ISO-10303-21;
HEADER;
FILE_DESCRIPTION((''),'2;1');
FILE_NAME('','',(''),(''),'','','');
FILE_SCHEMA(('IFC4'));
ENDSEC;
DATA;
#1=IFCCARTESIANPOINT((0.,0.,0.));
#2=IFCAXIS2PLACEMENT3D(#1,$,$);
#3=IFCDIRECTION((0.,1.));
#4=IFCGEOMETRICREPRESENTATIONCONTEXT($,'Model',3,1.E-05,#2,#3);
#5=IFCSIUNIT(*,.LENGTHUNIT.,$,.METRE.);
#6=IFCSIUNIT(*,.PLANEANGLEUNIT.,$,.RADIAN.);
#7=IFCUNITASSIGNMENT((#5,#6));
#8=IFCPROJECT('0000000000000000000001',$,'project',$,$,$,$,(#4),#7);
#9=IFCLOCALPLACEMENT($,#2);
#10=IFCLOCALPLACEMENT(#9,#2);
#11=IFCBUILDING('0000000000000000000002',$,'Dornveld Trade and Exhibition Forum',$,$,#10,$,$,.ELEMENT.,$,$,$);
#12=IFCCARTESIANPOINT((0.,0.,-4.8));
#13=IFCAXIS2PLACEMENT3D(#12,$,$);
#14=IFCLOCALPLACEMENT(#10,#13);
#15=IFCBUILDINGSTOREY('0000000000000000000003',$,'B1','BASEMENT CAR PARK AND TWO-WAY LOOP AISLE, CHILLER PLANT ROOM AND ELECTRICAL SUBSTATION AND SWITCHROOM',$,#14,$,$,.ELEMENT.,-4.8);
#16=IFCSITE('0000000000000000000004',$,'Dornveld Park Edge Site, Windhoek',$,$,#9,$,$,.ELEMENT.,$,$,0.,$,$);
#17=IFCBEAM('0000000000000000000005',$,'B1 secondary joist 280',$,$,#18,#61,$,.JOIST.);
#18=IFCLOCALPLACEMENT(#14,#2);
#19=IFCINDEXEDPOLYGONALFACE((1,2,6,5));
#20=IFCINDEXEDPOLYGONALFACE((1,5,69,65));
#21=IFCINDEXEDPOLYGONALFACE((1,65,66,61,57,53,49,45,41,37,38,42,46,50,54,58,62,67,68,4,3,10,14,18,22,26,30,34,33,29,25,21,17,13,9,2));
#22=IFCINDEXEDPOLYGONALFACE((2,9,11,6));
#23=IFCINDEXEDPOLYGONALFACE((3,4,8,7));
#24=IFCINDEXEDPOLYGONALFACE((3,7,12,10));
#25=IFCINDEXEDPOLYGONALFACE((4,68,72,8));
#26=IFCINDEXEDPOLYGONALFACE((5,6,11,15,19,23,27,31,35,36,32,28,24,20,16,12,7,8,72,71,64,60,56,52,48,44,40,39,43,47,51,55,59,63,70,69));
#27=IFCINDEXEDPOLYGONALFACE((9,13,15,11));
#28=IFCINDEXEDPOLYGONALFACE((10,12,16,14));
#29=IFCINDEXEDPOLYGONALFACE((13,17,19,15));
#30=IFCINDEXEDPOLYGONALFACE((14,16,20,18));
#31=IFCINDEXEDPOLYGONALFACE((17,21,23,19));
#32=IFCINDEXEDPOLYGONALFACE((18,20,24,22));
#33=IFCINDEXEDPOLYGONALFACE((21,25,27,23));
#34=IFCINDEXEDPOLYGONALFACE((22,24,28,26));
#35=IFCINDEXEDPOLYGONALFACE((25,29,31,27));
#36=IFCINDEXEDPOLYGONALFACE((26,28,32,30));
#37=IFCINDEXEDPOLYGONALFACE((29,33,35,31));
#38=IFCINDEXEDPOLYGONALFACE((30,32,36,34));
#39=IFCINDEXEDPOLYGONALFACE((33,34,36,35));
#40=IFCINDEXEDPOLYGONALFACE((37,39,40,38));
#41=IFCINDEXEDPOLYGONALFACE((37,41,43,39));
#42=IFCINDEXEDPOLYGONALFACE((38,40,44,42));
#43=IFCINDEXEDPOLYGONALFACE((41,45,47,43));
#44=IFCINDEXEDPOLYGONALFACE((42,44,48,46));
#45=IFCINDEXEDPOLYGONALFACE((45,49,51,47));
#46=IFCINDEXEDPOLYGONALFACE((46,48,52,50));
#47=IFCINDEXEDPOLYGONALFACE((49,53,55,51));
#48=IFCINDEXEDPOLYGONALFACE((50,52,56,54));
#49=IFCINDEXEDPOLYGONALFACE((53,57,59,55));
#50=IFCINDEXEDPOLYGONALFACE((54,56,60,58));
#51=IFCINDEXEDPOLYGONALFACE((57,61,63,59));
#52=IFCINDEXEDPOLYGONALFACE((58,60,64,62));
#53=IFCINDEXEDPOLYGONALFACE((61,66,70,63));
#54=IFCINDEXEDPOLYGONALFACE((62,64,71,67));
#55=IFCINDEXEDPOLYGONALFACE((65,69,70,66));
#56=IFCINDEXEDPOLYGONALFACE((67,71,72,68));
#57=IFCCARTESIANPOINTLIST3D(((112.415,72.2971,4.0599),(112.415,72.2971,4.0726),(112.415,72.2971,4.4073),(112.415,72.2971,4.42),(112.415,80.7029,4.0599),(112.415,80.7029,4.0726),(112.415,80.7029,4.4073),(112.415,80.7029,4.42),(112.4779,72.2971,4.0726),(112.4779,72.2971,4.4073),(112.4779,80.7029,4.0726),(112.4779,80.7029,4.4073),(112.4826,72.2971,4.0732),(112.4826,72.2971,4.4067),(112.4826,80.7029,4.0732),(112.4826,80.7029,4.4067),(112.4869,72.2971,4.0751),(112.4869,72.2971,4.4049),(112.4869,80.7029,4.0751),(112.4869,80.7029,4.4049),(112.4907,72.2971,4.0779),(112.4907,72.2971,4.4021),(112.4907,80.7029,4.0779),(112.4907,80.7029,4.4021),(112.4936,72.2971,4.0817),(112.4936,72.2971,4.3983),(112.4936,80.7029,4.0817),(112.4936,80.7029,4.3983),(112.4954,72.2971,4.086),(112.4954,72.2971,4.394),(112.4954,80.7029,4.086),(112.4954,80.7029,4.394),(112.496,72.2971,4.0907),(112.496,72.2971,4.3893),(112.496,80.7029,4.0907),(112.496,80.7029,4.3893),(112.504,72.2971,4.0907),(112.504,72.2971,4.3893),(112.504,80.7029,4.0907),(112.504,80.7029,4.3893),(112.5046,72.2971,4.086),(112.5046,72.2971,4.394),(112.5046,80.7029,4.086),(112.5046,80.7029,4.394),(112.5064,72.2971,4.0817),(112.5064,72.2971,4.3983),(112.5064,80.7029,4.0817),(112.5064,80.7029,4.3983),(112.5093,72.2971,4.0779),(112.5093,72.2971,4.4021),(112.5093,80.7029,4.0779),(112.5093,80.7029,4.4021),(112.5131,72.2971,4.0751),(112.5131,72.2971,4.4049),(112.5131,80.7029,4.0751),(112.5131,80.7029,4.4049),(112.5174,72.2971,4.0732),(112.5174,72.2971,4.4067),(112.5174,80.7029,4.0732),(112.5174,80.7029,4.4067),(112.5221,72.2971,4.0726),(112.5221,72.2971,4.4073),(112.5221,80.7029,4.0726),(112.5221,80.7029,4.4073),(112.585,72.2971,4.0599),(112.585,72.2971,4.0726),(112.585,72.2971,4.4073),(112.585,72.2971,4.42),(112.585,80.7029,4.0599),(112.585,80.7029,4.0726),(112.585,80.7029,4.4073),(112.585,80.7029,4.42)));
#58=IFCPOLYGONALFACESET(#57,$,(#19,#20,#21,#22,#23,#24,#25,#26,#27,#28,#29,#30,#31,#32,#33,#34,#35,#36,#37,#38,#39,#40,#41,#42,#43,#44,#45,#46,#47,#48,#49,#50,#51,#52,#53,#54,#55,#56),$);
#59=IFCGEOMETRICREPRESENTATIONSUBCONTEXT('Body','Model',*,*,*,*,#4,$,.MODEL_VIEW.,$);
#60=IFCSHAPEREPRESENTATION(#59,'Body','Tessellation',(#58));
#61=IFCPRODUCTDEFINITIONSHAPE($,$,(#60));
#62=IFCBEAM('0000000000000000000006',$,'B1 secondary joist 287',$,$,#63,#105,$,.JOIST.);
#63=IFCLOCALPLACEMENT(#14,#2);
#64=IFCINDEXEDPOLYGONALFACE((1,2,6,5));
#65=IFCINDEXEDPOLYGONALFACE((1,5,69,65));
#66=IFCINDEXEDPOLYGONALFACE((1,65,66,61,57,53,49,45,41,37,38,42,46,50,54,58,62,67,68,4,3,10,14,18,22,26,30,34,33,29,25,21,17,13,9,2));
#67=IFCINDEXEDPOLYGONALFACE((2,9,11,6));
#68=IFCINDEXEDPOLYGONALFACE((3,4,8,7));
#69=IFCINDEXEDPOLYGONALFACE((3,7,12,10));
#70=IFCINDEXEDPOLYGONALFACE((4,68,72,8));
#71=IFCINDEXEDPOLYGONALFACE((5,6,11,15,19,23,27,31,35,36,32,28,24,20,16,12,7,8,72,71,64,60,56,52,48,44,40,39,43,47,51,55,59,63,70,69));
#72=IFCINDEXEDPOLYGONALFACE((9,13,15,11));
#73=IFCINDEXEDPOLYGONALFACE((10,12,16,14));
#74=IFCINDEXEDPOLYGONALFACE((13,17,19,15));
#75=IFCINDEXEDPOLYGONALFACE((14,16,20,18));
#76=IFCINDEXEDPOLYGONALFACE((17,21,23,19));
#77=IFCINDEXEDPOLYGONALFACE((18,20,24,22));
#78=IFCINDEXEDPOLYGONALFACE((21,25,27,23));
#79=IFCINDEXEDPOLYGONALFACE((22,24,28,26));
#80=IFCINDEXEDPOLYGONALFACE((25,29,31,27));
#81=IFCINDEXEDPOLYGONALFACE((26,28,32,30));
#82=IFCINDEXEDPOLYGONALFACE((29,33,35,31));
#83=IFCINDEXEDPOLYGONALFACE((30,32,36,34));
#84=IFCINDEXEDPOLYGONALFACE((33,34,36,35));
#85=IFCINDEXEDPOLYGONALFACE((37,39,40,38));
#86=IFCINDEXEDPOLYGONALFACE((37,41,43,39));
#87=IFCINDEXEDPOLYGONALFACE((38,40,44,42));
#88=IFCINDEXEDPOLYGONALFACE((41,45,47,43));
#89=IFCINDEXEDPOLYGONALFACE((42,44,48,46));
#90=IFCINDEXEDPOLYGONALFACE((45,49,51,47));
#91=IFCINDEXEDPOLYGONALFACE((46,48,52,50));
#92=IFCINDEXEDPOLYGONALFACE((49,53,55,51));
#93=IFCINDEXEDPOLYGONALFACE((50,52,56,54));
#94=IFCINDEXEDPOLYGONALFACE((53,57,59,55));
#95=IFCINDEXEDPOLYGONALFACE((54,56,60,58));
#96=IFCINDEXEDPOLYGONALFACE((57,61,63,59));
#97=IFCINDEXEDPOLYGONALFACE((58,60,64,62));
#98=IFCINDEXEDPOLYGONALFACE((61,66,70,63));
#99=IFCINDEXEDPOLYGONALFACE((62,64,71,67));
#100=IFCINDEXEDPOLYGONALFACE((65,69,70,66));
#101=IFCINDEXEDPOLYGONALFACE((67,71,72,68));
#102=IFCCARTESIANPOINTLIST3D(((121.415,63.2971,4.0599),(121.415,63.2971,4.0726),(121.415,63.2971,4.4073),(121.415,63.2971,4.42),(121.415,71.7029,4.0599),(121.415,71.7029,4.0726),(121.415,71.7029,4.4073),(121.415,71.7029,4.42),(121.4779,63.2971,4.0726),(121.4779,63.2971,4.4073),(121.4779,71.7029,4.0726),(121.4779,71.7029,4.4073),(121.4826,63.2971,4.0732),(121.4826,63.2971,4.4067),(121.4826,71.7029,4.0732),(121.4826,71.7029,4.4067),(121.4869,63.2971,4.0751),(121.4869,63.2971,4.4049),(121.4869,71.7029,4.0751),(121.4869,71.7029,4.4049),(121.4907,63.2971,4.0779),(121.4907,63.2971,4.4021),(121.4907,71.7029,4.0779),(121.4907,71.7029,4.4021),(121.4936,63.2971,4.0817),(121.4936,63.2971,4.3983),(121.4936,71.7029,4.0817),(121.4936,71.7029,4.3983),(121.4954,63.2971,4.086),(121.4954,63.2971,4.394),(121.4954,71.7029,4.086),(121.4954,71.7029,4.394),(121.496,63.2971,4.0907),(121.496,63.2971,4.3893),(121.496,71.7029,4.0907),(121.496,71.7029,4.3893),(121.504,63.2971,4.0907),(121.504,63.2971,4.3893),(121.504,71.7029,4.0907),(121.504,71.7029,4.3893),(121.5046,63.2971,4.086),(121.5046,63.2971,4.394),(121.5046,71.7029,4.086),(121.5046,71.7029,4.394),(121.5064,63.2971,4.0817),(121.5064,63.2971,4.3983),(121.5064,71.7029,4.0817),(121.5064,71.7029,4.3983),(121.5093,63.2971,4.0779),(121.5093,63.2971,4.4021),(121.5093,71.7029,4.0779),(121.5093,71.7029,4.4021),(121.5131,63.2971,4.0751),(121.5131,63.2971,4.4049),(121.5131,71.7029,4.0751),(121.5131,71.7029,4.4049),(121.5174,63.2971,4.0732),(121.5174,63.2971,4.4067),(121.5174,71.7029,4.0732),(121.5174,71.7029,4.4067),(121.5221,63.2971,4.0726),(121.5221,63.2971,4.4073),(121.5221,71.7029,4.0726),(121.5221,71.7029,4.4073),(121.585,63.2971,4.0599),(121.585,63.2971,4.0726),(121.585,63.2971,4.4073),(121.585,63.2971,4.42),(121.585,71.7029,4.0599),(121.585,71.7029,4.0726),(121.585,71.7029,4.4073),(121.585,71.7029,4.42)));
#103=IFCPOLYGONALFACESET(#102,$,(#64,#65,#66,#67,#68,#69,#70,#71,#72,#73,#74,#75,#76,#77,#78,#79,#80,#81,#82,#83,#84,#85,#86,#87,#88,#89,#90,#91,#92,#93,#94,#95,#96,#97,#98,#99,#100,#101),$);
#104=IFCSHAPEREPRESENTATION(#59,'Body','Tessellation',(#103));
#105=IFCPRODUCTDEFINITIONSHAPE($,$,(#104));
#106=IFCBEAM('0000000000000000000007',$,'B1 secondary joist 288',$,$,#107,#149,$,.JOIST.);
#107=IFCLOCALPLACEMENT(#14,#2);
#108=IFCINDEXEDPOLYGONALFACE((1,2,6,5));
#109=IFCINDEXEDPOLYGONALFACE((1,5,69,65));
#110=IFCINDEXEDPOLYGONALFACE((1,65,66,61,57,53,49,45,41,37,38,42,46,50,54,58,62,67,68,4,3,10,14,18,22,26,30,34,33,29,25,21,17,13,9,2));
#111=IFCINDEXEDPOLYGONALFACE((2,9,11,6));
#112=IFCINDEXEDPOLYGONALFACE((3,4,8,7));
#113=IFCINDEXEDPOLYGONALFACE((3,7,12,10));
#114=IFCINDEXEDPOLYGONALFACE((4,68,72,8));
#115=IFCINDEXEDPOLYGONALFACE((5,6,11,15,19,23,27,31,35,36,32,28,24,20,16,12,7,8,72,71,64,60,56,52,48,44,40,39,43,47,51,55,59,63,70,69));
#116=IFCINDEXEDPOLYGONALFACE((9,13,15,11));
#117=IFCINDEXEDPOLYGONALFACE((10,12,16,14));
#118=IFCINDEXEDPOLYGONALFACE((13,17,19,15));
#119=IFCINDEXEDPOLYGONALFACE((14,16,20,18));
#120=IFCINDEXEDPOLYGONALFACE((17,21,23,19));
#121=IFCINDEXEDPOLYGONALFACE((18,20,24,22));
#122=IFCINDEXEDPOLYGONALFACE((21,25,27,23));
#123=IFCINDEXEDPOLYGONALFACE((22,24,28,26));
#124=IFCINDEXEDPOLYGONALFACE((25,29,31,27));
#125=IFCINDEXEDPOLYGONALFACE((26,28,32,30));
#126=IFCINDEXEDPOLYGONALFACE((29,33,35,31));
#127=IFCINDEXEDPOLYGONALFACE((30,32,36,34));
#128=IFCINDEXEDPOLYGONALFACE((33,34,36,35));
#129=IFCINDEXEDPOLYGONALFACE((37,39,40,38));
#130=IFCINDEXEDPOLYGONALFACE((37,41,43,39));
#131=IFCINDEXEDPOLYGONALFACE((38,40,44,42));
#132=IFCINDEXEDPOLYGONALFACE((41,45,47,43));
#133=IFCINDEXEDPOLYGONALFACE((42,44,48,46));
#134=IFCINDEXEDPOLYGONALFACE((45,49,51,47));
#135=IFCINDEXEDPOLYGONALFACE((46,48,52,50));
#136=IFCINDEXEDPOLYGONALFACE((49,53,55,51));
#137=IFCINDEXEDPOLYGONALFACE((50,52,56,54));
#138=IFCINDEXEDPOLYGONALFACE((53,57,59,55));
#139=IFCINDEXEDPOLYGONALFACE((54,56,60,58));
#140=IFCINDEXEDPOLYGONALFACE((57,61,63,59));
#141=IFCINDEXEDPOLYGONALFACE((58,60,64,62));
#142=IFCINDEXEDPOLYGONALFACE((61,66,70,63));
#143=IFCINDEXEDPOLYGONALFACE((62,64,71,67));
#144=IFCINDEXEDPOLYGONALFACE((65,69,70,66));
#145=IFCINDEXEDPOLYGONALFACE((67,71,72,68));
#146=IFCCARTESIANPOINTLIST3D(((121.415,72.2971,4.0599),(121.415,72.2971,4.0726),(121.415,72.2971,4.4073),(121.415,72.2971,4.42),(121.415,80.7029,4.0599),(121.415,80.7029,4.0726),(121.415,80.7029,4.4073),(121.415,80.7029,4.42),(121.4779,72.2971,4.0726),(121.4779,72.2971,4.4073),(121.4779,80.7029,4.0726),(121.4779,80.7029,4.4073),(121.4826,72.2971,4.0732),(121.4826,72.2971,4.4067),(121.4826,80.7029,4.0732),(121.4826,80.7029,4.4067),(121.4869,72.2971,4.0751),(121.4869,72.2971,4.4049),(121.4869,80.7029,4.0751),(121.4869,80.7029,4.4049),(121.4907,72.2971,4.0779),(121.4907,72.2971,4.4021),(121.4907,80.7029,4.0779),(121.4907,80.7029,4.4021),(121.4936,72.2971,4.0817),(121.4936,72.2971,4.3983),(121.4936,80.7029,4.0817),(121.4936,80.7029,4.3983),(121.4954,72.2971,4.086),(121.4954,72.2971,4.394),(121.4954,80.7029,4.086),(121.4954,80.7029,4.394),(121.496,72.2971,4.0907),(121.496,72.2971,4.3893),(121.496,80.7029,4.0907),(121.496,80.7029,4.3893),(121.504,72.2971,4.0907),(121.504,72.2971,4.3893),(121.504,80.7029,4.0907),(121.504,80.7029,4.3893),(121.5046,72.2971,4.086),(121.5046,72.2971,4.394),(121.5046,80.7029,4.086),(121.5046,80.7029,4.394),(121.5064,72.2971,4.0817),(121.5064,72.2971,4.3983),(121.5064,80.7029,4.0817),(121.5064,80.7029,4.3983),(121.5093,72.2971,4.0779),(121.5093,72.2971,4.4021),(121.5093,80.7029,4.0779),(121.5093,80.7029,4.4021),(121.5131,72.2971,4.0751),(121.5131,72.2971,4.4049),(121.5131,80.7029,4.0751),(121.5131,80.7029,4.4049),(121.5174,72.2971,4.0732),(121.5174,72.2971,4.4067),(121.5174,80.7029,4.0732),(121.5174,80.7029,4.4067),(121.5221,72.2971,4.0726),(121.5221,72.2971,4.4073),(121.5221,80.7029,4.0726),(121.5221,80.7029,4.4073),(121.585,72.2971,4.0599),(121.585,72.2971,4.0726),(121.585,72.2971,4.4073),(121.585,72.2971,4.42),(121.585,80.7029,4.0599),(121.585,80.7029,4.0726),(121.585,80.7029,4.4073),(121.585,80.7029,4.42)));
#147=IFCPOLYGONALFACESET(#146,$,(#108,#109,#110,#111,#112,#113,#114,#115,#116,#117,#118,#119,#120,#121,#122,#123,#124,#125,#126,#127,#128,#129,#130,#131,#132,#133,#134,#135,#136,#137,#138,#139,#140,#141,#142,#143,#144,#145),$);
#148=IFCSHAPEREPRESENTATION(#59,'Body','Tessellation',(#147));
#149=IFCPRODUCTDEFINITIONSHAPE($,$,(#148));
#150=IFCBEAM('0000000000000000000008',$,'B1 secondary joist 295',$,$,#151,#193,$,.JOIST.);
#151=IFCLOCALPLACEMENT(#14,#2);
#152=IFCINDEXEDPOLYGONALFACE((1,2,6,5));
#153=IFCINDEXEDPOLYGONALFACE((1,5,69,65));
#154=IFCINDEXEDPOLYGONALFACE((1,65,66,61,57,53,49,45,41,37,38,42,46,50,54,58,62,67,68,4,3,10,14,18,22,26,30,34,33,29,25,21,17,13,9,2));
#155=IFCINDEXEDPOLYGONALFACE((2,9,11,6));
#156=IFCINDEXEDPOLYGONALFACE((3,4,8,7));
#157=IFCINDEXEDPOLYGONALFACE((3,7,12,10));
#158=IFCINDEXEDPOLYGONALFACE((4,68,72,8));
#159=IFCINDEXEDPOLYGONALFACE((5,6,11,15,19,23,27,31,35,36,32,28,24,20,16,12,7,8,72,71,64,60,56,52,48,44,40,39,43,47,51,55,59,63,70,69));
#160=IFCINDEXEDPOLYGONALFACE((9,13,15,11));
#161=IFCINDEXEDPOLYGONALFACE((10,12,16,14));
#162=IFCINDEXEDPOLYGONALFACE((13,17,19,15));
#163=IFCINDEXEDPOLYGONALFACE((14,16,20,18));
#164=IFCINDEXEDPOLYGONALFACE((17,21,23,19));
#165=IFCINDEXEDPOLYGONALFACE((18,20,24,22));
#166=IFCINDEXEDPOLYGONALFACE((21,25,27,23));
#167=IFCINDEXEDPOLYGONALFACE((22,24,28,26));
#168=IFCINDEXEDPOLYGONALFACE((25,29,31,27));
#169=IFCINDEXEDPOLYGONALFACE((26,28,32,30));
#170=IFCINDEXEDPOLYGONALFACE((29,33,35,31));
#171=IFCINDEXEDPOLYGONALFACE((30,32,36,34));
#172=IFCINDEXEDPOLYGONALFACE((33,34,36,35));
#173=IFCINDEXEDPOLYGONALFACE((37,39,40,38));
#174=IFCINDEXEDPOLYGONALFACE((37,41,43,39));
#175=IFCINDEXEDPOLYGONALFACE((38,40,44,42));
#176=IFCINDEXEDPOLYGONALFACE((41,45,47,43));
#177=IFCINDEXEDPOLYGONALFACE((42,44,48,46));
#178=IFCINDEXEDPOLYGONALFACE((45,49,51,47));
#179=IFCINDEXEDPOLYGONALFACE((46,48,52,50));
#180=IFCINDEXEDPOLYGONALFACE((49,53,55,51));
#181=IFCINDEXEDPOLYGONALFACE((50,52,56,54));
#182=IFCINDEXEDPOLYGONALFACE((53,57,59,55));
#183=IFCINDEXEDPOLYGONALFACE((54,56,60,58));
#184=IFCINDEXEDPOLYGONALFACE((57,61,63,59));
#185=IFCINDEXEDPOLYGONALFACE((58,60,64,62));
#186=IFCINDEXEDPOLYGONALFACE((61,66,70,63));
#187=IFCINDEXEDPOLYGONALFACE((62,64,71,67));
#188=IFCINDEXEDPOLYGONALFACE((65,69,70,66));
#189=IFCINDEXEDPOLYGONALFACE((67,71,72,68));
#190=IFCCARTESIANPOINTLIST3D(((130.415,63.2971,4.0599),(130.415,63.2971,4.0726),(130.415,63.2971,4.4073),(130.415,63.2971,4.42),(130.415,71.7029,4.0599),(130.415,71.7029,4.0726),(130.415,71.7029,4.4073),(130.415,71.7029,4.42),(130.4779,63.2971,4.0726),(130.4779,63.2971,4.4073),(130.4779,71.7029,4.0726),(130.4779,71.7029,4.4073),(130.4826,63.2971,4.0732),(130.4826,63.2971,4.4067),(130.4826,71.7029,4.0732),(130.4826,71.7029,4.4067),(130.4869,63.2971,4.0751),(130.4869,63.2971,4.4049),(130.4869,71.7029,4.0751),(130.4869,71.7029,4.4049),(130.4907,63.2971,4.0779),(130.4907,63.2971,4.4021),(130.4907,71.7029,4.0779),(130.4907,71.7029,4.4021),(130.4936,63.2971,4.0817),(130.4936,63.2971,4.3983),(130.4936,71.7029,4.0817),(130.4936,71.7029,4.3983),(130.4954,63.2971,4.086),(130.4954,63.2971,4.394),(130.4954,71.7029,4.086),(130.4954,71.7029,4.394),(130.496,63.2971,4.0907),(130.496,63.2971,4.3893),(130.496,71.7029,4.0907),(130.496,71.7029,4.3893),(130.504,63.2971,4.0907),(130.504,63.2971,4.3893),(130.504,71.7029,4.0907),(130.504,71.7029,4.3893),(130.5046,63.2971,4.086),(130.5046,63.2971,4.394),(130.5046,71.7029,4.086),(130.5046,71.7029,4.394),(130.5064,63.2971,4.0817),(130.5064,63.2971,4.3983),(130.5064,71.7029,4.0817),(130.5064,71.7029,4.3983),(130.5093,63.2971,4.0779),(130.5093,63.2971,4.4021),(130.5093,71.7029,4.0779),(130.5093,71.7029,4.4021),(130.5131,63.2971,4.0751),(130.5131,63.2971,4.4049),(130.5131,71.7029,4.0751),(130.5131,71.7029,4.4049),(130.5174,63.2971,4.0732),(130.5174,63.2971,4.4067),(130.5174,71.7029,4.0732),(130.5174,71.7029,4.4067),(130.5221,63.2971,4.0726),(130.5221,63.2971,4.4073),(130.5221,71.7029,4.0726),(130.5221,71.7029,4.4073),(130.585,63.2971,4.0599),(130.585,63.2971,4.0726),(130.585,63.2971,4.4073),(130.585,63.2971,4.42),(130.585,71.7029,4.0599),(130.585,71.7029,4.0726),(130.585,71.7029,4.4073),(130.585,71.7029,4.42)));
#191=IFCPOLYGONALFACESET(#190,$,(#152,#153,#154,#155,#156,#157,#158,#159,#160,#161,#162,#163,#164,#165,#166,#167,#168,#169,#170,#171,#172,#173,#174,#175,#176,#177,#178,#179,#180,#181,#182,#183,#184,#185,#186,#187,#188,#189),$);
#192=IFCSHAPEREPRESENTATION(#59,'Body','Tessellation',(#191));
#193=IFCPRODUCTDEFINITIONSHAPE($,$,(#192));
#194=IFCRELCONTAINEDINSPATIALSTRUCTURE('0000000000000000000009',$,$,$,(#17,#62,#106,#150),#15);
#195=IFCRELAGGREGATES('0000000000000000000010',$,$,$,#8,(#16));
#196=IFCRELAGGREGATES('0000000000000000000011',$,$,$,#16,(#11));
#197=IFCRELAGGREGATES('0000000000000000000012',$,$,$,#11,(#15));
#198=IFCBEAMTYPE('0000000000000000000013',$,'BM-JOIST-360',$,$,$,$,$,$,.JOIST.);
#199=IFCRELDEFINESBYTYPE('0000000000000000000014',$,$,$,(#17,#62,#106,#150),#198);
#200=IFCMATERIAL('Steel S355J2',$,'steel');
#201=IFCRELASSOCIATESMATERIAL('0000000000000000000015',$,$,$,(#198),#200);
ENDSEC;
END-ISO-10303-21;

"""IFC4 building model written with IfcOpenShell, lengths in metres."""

from ifc_helpers import new_model, si_unit, direction, frame, origin, origin_2d, place, context, subcontext, project, spatial, i_section, extrude, material, material_profile, profile_set, type_object, element, save


model = new_model("IFC4")

# Units and contexts
model_context = context("Model", 3, precision=1e-05, world=origin(), true_north=direction((0.0, 1.0)))
body_context = subcontext(model_context, "Body", "Model", "MODEL_VIEW")
ifc_project = project(units=[si_unit("LENGTHUNIT", "METRE"), si_unit("PLANEANGLEUNIT", "RADIAN")], contexts=[model_context])

# Site, building, storey
site_placement = place(None, origin())
site = spatial("IfcSite", under=ifc_project, at=site_placement, Name="Dornveld Park Edge Site, Windhoek", CompositionType="ELEMENT", RefElevation=0.0)
building_placement = place(site_placement, origin())
building = spatial("IfcBuilding", under=site, at=building_placement, Name="Dornveld Trade and Exhibition Forum", CompositionType="ELEMENT")
storey_placement = place(building_placement, frame((0.0, 0.0, -4.8)))
storey = spatial("IfcBuildingStorey", under=building, at=storey_placement, Name="B1", Description="BASEMENT CAR PARK AND TWO-WAY LOOP AISLE, CHILLER PLANT ROOM AND ELECTRICAL SUBSTATION AND SWITCHROOM", CompositionType="ELEMENT", Elevation=-4.8)

# Beams
ifc_material_1 = material(Name="Steel S355J2", Category="steel")
ifc_material_profile_1 = material_profile(ifc_material_1, i_section(OverallWidth=0.1699, OverallDepth=0.3601, WebThickness=0.0081, FlangeThickness=0.0127, FilletRadius=0.0181, at=origin_2d()), Name="IPE 360")
ifc_profile_set_1 = profile_set([ifc_material_profile_1], Name="Steel S355J2")
beam_type_1 = type_object("IfcBeamType", Name="BM-JOIST-360", PredefinedType="JOIST", material=ifc_profile_set_1)
for number, where, z_axis, x_axis, name in (
    (1, (112.5, 72.2971, 4.24), (0.0, 1.0, 0.0), (-1.0, 0.0, 0.0), "B1 secondary joist 280"),
    (2, (121.5, 63.2971, 4.24), (0.0, 1.0, 0.0), (-1.0, 0.0, 0.0), "B1 secondary joist 287"),
    (3, (121.5, 72.2971, 4.24), (0.0, 1.0, 0.0), (-1.0, 0.0, 0.0), "B1 secondary joist 288"),
    (4, (130.5, 63.2971, 4.24), (0.0, 1.0, 0.0), (-1.0, 0.0, 0.0), "B1 secondary joist 295"),
):
    element("IfcBeam", number, at=place(storey_placement, frame(where, z_axis=z_axis, x_axis=x_axis)), inside=storey, type_object=beam_type_1, Name=name, PredefinedType="JOIST", context=body_context, shape_type="SweptSolid", body=[
        extrude(i_section(OverallWidth=0.1699, OverallDepth=0.3601, WebThickness=0.0081, FlangeThickness=0.0127, FilletRadius=0.0181, at=origin_2d()), origin(), (0.0, 0.0, 1.0), 8.4058),
    ])

save(model, "model.ifc")
